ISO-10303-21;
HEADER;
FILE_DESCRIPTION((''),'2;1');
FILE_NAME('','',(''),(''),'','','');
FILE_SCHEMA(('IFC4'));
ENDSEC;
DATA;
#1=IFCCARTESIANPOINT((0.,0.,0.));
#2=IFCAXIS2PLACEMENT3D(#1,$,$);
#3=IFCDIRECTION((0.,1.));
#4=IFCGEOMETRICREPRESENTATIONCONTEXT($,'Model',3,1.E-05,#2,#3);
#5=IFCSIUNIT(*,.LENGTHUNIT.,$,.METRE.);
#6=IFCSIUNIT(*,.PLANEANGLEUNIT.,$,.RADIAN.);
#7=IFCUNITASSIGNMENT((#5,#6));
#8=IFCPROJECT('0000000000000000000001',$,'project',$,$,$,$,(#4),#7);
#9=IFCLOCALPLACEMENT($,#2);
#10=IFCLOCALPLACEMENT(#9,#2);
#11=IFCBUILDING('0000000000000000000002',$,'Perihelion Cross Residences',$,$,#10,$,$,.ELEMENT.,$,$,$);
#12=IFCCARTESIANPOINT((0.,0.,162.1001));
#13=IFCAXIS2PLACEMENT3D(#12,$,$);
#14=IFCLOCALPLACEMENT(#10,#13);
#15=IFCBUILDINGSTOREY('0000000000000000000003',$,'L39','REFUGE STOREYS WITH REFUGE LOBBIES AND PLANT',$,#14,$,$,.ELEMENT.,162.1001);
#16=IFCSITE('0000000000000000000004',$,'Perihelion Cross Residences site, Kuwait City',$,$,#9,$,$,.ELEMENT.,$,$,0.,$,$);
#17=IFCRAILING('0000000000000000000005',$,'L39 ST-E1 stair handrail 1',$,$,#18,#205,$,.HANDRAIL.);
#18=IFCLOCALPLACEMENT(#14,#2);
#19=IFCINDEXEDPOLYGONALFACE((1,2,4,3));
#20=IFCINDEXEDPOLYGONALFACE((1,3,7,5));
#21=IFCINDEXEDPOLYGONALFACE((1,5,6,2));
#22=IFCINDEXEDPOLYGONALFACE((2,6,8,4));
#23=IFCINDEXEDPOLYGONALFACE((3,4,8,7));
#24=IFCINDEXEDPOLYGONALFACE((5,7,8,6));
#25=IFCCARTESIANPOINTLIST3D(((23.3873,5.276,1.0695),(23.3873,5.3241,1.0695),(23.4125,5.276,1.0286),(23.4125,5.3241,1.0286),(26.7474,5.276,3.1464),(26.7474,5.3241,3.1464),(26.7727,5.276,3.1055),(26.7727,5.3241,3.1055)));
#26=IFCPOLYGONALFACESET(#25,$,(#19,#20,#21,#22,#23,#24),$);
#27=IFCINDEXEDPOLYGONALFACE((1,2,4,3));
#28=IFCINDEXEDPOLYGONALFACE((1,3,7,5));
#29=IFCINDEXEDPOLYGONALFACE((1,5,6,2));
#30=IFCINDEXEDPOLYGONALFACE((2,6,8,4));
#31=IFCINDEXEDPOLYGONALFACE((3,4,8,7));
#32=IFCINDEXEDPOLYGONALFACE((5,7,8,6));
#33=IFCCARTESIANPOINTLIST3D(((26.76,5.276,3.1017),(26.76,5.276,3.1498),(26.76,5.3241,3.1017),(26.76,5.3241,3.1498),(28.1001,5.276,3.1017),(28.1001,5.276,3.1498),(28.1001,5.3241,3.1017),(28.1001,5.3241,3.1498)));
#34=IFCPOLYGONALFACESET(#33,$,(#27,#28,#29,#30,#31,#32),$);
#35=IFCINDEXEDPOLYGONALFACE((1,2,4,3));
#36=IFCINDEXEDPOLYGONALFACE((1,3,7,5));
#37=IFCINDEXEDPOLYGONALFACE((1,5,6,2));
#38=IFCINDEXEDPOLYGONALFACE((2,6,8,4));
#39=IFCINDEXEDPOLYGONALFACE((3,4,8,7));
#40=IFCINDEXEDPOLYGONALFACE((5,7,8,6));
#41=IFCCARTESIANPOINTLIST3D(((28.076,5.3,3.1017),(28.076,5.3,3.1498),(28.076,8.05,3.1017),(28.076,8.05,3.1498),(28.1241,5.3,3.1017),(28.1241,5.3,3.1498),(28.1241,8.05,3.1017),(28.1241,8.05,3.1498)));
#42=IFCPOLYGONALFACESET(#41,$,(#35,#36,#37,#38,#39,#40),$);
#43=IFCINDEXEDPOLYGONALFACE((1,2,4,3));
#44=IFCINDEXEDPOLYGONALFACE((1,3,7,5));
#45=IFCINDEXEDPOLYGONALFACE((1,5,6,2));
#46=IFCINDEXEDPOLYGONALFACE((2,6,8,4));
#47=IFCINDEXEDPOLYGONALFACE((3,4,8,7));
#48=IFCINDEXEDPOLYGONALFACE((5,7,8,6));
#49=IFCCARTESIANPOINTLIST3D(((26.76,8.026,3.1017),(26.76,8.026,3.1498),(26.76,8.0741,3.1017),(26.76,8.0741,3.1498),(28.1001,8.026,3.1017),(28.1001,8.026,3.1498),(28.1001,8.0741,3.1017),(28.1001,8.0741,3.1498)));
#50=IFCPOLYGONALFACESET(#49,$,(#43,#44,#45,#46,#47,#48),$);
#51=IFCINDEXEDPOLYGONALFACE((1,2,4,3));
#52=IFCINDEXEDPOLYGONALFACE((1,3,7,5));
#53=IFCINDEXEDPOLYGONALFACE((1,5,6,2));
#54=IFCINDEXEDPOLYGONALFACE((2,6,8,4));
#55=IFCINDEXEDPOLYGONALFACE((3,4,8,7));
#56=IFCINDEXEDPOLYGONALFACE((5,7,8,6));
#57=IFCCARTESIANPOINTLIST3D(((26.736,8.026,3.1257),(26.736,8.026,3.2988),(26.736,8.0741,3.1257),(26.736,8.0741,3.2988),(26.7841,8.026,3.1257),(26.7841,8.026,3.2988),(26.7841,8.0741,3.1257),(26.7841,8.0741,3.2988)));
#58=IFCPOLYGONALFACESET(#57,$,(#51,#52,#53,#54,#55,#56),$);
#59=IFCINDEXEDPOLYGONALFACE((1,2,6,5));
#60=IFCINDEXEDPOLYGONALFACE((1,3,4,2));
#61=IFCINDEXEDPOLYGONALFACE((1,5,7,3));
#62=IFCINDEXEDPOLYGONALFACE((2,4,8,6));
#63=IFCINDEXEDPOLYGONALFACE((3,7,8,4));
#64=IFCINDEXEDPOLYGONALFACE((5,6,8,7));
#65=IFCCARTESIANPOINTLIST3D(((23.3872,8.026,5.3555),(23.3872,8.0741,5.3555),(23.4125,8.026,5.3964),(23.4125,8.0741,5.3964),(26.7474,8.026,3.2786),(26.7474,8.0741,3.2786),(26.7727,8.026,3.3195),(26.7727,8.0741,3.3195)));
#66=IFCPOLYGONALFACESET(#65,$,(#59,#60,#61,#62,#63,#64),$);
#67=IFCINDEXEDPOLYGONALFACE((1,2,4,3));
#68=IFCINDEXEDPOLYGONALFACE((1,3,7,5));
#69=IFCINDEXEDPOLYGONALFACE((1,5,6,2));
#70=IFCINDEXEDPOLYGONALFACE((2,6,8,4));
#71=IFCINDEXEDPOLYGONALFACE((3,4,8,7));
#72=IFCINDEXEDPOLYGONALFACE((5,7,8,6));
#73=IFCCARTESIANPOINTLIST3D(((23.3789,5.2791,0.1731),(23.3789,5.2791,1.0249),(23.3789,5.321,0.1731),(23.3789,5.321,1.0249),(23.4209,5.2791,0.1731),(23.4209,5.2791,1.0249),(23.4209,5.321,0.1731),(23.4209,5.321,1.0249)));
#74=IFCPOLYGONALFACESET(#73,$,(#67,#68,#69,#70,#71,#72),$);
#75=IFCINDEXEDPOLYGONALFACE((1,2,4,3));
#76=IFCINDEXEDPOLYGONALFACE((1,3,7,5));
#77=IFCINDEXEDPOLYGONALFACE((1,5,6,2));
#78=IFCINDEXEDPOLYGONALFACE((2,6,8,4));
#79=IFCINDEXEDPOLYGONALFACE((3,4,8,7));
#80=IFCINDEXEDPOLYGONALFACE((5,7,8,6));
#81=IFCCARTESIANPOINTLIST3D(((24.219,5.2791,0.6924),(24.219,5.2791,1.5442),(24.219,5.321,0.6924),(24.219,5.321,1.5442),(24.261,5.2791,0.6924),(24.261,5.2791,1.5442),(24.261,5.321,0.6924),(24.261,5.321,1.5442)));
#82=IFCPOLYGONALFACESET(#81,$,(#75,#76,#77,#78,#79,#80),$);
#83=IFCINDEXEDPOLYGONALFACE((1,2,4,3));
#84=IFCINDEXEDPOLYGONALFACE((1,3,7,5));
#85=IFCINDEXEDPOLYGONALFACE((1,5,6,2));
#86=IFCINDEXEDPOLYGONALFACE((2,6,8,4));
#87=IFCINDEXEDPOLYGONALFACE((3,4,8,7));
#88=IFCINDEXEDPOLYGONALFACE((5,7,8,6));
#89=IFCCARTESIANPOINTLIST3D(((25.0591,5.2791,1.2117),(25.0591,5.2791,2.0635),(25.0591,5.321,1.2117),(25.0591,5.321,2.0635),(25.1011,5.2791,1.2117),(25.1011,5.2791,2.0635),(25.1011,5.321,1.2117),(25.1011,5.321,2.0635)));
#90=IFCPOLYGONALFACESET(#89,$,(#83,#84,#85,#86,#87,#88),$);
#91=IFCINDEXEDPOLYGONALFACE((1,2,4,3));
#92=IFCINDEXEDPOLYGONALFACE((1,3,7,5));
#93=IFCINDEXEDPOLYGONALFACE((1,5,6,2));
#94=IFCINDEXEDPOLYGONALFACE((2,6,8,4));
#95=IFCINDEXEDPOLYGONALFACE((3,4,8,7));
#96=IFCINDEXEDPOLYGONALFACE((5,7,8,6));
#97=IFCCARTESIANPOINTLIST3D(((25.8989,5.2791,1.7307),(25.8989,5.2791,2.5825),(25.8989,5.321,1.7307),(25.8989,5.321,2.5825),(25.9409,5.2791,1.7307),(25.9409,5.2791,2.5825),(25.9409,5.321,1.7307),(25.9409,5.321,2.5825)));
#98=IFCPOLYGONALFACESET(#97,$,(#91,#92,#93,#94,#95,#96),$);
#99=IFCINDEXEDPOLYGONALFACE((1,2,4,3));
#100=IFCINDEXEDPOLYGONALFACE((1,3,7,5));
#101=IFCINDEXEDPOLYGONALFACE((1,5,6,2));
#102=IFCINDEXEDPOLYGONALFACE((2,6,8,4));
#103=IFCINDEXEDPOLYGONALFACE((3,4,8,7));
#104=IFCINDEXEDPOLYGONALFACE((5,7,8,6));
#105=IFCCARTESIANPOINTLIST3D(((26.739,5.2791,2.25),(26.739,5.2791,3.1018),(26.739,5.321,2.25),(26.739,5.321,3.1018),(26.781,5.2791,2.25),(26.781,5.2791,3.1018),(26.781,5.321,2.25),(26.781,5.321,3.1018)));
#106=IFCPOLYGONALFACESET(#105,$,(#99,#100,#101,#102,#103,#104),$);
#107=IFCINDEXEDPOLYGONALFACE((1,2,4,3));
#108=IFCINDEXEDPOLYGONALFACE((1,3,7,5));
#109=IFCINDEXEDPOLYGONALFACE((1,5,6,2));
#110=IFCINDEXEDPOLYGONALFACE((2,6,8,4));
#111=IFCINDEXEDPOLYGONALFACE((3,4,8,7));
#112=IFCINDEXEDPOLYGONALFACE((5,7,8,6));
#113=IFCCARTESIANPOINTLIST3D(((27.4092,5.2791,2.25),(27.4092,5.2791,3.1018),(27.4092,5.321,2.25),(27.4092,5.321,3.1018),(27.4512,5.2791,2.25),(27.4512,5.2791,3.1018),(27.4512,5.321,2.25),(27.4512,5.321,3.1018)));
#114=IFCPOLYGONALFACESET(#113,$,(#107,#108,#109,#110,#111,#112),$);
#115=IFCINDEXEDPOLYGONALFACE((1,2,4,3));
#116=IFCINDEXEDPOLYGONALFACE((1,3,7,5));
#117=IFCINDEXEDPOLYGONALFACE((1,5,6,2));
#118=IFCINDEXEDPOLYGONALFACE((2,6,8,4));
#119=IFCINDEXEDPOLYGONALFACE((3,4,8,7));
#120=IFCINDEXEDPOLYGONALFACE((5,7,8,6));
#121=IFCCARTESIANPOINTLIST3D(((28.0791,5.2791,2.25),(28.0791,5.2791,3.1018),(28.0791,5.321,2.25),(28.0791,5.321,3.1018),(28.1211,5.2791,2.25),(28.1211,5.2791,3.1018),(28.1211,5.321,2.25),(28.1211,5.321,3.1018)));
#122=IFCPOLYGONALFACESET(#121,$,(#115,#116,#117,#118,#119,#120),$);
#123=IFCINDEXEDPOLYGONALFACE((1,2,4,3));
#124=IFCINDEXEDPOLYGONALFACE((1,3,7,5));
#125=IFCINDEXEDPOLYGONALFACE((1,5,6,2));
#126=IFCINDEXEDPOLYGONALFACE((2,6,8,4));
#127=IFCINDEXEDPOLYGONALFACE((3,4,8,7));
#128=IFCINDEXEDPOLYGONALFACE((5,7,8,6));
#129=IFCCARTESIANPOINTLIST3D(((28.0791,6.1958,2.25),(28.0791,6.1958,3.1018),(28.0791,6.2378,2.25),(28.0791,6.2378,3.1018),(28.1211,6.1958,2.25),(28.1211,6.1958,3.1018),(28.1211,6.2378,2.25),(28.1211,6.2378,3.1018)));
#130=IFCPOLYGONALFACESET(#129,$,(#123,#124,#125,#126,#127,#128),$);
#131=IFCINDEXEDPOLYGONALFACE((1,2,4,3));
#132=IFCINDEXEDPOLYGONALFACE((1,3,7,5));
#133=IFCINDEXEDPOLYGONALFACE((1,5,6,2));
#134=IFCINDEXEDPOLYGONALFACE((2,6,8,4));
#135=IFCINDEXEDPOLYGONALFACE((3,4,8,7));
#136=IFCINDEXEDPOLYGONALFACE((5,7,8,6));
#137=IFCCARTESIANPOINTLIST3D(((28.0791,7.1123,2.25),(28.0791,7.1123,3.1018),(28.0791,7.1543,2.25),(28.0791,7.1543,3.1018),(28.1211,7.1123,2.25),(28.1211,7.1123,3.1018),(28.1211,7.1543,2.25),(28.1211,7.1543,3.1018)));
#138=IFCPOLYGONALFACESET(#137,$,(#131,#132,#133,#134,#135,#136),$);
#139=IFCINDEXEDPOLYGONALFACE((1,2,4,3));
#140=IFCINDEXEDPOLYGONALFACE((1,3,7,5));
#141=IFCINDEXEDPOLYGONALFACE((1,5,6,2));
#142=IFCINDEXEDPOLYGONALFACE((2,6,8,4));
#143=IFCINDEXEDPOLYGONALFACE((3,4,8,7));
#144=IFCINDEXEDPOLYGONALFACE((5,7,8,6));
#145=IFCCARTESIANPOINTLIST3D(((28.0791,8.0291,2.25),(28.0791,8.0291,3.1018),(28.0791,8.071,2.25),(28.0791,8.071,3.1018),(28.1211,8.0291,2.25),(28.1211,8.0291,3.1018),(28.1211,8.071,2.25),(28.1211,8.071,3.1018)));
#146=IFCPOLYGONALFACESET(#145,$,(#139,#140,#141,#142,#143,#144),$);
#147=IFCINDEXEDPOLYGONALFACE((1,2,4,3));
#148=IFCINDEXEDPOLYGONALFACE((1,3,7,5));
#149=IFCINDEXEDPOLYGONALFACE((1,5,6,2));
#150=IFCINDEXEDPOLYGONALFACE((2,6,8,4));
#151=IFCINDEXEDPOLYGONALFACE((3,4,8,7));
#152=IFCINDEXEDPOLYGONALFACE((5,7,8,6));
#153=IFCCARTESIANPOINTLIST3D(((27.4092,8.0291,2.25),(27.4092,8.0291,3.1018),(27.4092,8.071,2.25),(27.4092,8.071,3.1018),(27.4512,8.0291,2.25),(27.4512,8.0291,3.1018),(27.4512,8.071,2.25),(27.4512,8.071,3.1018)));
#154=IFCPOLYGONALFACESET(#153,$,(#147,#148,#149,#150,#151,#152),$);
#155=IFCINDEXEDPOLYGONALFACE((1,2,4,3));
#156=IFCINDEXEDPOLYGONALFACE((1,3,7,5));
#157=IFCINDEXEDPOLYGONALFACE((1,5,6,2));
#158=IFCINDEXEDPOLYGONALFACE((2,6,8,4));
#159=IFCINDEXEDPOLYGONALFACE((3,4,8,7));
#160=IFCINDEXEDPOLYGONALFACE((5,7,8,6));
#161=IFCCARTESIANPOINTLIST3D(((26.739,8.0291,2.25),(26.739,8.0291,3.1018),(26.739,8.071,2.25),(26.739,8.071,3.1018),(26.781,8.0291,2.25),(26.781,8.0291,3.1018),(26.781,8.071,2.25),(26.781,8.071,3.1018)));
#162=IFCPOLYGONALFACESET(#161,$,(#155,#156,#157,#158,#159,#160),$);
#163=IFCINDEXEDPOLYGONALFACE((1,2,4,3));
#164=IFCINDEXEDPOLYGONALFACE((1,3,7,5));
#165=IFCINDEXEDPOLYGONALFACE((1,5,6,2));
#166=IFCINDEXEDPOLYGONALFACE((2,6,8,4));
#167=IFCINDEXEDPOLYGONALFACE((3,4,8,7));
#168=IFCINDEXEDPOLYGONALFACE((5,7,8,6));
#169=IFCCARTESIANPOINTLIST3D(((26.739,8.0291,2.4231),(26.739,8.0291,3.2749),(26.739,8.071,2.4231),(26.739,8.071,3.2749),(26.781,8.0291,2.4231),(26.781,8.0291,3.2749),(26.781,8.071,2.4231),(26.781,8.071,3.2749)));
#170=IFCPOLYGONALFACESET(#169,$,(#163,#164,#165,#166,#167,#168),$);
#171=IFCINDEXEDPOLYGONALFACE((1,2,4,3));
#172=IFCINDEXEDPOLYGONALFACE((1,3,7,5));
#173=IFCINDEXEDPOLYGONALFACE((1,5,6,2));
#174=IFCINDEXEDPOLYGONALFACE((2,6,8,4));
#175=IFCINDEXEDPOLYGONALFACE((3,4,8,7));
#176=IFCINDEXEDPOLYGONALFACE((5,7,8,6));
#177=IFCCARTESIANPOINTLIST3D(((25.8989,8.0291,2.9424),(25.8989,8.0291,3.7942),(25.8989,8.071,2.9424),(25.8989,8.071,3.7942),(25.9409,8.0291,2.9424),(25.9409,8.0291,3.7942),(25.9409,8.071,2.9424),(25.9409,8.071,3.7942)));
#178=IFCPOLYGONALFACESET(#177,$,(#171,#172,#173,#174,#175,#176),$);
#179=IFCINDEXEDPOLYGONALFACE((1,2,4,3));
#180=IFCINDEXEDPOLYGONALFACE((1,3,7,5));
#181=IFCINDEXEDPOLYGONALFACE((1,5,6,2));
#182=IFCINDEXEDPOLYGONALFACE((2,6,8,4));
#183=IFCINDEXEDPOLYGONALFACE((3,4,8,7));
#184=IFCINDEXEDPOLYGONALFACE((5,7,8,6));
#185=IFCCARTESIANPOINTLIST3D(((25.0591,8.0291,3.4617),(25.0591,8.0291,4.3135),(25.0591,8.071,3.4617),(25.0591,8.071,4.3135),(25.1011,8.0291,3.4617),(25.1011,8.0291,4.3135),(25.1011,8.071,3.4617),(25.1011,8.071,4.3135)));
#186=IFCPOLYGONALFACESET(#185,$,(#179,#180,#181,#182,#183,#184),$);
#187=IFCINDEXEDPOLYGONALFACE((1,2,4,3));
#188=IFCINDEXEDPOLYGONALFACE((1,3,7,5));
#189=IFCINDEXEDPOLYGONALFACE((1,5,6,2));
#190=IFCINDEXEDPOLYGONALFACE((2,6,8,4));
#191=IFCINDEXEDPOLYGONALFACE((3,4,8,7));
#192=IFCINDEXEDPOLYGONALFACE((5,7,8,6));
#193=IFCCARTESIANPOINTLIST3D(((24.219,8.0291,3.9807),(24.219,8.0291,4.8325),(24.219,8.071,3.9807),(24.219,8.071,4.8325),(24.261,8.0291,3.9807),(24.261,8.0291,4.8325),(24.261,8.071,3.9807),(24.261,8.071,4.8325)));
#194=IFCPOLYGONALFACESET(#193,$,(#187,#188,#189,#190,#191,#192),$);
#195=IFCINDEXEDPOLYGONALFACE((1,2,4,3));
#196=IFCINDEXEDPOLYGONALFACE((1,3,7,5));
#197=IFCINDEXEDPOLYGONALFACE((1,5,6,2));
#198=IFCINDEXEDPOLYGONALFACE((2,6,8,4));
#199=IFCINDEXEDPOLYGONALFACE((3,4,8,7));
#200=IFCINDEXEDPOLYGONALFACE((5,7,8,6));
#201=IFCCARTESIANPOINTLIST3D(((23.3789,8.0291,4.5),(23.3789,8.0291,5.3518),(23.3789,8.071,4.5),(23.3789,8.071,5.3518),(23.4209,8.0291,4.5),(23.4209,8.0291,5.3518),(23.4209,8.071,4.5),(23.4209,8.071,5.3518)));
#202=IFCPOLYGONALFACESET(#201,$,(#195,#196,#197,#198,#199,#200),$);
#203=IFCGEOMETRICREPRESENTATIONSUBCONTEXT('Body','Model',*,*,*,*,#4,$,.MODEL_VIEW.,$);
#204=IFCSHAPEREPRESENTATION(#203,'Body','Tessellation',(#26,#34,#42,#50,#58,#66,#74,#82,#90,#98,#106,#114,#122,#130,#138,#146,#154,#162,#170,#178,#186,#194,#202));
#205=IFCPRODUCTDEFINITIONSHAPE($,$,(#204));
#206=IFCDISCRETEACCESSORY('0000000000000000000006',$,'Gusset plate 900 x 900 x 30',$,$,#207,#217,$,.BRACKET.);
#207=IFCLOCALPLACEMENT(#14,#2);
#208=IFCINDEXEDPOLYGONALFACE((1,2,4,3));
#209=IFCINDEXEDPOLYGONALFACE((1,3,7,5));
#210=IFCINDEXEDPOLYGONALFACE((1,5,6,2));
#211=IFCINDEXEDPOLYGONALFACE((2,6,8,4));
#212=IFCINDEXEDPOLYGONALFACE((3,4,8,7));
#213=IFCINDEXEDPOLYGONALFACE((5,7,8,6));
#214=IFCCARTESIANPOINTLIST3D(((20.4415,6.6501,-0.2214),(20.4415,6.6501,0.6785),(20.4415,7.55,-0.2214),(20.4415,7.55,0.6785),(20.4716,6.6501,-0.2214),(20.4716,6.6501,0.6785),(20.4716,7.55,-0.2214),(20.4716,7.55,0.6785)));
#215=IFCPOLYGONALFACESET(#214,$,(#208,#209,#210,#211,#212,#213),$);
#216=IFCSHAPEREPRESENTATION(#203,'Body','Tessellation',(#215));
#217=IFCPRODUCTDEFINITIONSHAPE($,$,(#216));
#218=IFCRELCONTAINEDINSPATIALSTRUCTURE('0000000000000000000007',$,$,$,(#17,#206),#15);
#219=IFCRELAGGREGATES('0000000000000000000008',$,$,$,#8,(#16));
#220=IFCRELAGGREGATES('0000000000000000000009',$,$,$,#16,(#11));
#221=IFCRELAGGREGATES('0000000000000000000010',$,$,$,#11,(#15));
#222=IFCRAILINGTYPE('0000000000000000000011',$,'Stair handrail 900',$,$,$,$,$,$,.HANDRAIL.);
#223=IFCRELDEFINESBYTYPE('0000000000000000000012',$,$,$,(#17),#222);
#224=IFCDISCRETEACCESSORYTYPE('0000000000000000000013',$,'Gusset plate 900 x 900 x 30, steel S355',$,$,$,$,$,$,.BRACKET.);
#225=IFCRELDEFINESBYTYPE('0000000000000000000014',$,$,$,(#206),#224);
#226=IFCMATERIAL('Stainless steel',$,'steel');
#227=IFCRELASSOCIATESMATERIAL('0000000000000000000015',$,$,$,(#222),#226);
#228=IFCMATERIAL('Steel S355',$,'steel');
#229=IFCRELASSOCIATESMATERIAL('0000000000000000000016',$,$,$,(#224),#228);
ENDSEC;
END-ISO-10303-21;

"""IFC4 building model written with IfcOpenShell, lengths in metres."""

from ifc_helpers import new_model, si_unit, direction, frame, origin, origin_2d, place, context, subcontext, project, spatial, rectangle, extrude, material, type_object, element, save


model = new_model("IFC4")

# Units and contexts
model_context = context("Model", 3, precision=1e-05, world=origin(), true_north=direction((0.0, 1.0)))
body_context = subcontext(model_context, "Body", "Model", "MODEL_VIEW")
ifc_project = project(units=[si_unit("LENGTHUNIT", "METRE"), si_unit("PLANEANGLEUNIT", "RADIAN")], contexts=[model_context])

# Site, building, storey
site_placement = place(None, origin())
site = spatial("IfcSite", under=ifc_project, at=site_placement, Name="Perihelion Cross Residences site, Kuwait City", CompositionType="ELEMENT", RefElevation=0.0)
building_placement = place(site_placement, origin())
building = spatial("IfcBuilding", under=site, at=building_placement, Name="Perihelion Cross Residences", CompositionType="ELEMENT")
storey_placement = place(building_placement, frame((0.0, 0.0, 162.1001)))
storey = spatial("IfcBuildingStorey", under=building, at=storey_placement, Name="L39", Description="REFUGE STOREYS WITH REFUGE LOBBIES AND PLANT", CompositionType="ELEMENT", Elevation=162.1001)

# Railing
ifc_material_1 = material(Name="Stainless steel", Category="steel")
railing_type_1 = type_object("IfcRailingType", Name="Stair handrail 900", PredefinedType="HANDRAIL", material=ifc_material_1)
railing_1_placement = place(storey_placement, frame((23.3999, 5.3, 0.1731)))
element("IfcRailing", 1, at=railing_1_placement, inside=storey, type_object=railing_type_1, Name="L39 ST-E1 stair handrail 1", PredefinedType="HANDRAIL", context=body_context, shape_type="SweptSolid", body=[
    extrude(rectangle(XDim=0.0481, YDim=0.0481, at=origin_2d()), frame((0.0, 0.0, 0.876), z_axis=(0.850623, 0.0, 0.525776), x_axis=(0.0, 1.0, 0.0)), (0.0, 0.0, 1.0), 3.9502),
    extrude(rectangle(XDim=0.0481, YDim=0.0481, at=origin_2d()), frame((3.3601, 0.0, 2.9526), z_axis=(1.0, 0.0, 0.0), x_axis=(0.0, 1.0, 0.0)), (0.0, 0.0, 1.0), 1.3401),
    extrude(rectangle(XDim=0.0481, YDim=0.0481, at=origin_2d()), frame((4.7002, 0.0, 2.9526), z_axis=(0.0, 1.0, 0.0), x_axis=(-1.0, 0.0, 0.0)), (0.0, 0.0, 1.0), 2.75),
    extrude(rectangle(XDim=0.0481, YDim=0.0481, at=origin_2d()), frame((4.7002, 2.75, 2.9526), z_axis=(-1.0, 0.0, 0.0), x_axis=(0.0, -1.0, 0.0)), (0.0, 0.0, 1.0), 1.3401),
    extrude(rectangle(XDim=0.0481, YDim=0.0481, at=origin_2d()), frame((3.3601, 2.75, 2.9526), z_axis=(0.0, 0.0, 1.0), x_axis=(1.0, 0.0, 0.0)), (0.0, 0.0, 1.0), 0.1731),
    extrude(rectangle(XDim=0.0481, YDim=0.0481, at=origin_2d()), frame((3.3601, 2.75, 3.126), z_axis=(-0.850623, 0.0, 0.525776), x_axis=(0.0, -1.0, 0.0)), (0.0, 0.0, 1.0), 3.9502),
    extrude(rectangle(XDim=0.042, YDim=0.042, at=origin_2d()), origin(), (0.0, 0.0, 1.0), 0.8518),
    extrude(rectangle(XDim=0.042, YDim=0.042, at=origin_2d()), frame((0.8401, 0.0, 0.5193)), (0.0, 0.0, 1.0), 0.8518),
    extrude(rectangle(XDim=0.042, YDim=0.042, at=origin_2d()), frame((1.6802, 0.0, 1.0386)), (0.0, 0.0, 1.0), 0.8518),
    extrude(rectangle(XDim=0.042, YDim=0.042, at=origin_2d()), frame((2.52, 0.0, 1.5576)), (0.0, 0.0, 1.0), 0.8518),
    extrude(rectangle(XDim=0.042, YDim=0.042, at=origin_2d()), frame((3.3601, 0.0, 2.0769)), (0.0, 0.0, 1.0), 0.8518),
    extrude(rectangle(XDim=0.042, YDim=0.042, at=origin_2d()), frame((4.0303, 0.0, 2.0769)), (0.0, 0.0, 1.0), 0.8518),
    extrude(rectangle(XDim=0.042, YDim=0.042, at=origin_2d()), frame((4.7002, 0.0, 2.0769)), (0.0, 0.0, 1.0), 0.8518),
    extrude(rectangle(XDim=0.042, YDim=0.042, at=origin_2d()), frame((4.7002, 0.9167, 2.0769)), (0.0, 0.0, 1.0), 0.8518),
    extrude(rectangle(XDim=0.042, YDim=0.042, at=origin_2d()), frame((4.7002, 1.8333, 2.0769)), (0.0, 0.0, 1.0), 0.8518),
    extrude(rectangle(XDim=0.042, YDim=0.042, at=origin_2d()), frame((4.7002, 2.75, 2.0769)), (0.0, 0.0, 1.0), 0.8518),
    extrude(rectangle(XDim=0.042, YDim=0.042, at=origin_2d()), frame((4.0303, 2.75, 2.0769)), (0.0, 0.0, 1.0), 0.8518),
    extrude(rectangle(XDim=0.042, YDim=0.042, at=origin_2d()), frame((3.3601, 2.75, 2.0769)), (0.0, 0.0, 1.0), 0.8518),
    extrude(rectangle(XDim=0.042, YDim=0.042, at=origin_2d()), frame((3.3601, 2.75, 2.25)), (0.0, 0.0, 1.0), 0.8518),
    extrude(rectangle(XDim=0.042, YDim=0.042, at=origin_2d()), frame((2.52, 2.75, 2.7693)), (0.0, 0.0, 1.0), 0.8518),
    extrude(rectangle(XDim=0.042, YDim=0.042, at=origin_2d()), frame((1.6802, 2.75, 3.2886)), (0.0, 0.0, 1.0), 0.8518),
    extrude(rectangle(XDim=0.042, YDim=0.042, at=origin_2d()), frame((0.8401, 2.75, 3.8076)), (0.0, 0.0, 1.0), 0.8518),
    extrude(rectangle(XDim=0.042, YDim=0.042, at=origin_2d()), frame((0.0, 2.75, 4.3269)), (0.0, 0.0, 1.0), 0.8518),
])

# Discrete accessory
ifc_material_2 = material(Name="Steel S355", Category="steel")
discrete_accessory_type = type_object("IfcDiscreteAccessoryType", Name="Gusset plate 900 x 900 x 30, steel S355", PredefinedType="BRACKET", material=ifc_material_2)
discrete_accessory_placement = place(storey_placement, frame((20.4565, 7.1001, -0.2214), z_axis=(0.0, 0.0, 1.0), x_axis=(0.0, -1.0, 0.0)))
element("IfcDiscreteAccessory", 2, at=discrete_accessory_placement, inside=storey, type_object=discrete_accessory_type, Name="Gusset plate 900 x 900 x 30", PredefinedType="BRACKET", context=body_context, shape_type="SweptSolid", body=[
    extrude(rectangle(XDim=0.8999, YDim=0.03, at=origin_2d()), origin(), (0.0, 0.0, 1.0), 0.8999),
])

save(model, "model.ifc")
